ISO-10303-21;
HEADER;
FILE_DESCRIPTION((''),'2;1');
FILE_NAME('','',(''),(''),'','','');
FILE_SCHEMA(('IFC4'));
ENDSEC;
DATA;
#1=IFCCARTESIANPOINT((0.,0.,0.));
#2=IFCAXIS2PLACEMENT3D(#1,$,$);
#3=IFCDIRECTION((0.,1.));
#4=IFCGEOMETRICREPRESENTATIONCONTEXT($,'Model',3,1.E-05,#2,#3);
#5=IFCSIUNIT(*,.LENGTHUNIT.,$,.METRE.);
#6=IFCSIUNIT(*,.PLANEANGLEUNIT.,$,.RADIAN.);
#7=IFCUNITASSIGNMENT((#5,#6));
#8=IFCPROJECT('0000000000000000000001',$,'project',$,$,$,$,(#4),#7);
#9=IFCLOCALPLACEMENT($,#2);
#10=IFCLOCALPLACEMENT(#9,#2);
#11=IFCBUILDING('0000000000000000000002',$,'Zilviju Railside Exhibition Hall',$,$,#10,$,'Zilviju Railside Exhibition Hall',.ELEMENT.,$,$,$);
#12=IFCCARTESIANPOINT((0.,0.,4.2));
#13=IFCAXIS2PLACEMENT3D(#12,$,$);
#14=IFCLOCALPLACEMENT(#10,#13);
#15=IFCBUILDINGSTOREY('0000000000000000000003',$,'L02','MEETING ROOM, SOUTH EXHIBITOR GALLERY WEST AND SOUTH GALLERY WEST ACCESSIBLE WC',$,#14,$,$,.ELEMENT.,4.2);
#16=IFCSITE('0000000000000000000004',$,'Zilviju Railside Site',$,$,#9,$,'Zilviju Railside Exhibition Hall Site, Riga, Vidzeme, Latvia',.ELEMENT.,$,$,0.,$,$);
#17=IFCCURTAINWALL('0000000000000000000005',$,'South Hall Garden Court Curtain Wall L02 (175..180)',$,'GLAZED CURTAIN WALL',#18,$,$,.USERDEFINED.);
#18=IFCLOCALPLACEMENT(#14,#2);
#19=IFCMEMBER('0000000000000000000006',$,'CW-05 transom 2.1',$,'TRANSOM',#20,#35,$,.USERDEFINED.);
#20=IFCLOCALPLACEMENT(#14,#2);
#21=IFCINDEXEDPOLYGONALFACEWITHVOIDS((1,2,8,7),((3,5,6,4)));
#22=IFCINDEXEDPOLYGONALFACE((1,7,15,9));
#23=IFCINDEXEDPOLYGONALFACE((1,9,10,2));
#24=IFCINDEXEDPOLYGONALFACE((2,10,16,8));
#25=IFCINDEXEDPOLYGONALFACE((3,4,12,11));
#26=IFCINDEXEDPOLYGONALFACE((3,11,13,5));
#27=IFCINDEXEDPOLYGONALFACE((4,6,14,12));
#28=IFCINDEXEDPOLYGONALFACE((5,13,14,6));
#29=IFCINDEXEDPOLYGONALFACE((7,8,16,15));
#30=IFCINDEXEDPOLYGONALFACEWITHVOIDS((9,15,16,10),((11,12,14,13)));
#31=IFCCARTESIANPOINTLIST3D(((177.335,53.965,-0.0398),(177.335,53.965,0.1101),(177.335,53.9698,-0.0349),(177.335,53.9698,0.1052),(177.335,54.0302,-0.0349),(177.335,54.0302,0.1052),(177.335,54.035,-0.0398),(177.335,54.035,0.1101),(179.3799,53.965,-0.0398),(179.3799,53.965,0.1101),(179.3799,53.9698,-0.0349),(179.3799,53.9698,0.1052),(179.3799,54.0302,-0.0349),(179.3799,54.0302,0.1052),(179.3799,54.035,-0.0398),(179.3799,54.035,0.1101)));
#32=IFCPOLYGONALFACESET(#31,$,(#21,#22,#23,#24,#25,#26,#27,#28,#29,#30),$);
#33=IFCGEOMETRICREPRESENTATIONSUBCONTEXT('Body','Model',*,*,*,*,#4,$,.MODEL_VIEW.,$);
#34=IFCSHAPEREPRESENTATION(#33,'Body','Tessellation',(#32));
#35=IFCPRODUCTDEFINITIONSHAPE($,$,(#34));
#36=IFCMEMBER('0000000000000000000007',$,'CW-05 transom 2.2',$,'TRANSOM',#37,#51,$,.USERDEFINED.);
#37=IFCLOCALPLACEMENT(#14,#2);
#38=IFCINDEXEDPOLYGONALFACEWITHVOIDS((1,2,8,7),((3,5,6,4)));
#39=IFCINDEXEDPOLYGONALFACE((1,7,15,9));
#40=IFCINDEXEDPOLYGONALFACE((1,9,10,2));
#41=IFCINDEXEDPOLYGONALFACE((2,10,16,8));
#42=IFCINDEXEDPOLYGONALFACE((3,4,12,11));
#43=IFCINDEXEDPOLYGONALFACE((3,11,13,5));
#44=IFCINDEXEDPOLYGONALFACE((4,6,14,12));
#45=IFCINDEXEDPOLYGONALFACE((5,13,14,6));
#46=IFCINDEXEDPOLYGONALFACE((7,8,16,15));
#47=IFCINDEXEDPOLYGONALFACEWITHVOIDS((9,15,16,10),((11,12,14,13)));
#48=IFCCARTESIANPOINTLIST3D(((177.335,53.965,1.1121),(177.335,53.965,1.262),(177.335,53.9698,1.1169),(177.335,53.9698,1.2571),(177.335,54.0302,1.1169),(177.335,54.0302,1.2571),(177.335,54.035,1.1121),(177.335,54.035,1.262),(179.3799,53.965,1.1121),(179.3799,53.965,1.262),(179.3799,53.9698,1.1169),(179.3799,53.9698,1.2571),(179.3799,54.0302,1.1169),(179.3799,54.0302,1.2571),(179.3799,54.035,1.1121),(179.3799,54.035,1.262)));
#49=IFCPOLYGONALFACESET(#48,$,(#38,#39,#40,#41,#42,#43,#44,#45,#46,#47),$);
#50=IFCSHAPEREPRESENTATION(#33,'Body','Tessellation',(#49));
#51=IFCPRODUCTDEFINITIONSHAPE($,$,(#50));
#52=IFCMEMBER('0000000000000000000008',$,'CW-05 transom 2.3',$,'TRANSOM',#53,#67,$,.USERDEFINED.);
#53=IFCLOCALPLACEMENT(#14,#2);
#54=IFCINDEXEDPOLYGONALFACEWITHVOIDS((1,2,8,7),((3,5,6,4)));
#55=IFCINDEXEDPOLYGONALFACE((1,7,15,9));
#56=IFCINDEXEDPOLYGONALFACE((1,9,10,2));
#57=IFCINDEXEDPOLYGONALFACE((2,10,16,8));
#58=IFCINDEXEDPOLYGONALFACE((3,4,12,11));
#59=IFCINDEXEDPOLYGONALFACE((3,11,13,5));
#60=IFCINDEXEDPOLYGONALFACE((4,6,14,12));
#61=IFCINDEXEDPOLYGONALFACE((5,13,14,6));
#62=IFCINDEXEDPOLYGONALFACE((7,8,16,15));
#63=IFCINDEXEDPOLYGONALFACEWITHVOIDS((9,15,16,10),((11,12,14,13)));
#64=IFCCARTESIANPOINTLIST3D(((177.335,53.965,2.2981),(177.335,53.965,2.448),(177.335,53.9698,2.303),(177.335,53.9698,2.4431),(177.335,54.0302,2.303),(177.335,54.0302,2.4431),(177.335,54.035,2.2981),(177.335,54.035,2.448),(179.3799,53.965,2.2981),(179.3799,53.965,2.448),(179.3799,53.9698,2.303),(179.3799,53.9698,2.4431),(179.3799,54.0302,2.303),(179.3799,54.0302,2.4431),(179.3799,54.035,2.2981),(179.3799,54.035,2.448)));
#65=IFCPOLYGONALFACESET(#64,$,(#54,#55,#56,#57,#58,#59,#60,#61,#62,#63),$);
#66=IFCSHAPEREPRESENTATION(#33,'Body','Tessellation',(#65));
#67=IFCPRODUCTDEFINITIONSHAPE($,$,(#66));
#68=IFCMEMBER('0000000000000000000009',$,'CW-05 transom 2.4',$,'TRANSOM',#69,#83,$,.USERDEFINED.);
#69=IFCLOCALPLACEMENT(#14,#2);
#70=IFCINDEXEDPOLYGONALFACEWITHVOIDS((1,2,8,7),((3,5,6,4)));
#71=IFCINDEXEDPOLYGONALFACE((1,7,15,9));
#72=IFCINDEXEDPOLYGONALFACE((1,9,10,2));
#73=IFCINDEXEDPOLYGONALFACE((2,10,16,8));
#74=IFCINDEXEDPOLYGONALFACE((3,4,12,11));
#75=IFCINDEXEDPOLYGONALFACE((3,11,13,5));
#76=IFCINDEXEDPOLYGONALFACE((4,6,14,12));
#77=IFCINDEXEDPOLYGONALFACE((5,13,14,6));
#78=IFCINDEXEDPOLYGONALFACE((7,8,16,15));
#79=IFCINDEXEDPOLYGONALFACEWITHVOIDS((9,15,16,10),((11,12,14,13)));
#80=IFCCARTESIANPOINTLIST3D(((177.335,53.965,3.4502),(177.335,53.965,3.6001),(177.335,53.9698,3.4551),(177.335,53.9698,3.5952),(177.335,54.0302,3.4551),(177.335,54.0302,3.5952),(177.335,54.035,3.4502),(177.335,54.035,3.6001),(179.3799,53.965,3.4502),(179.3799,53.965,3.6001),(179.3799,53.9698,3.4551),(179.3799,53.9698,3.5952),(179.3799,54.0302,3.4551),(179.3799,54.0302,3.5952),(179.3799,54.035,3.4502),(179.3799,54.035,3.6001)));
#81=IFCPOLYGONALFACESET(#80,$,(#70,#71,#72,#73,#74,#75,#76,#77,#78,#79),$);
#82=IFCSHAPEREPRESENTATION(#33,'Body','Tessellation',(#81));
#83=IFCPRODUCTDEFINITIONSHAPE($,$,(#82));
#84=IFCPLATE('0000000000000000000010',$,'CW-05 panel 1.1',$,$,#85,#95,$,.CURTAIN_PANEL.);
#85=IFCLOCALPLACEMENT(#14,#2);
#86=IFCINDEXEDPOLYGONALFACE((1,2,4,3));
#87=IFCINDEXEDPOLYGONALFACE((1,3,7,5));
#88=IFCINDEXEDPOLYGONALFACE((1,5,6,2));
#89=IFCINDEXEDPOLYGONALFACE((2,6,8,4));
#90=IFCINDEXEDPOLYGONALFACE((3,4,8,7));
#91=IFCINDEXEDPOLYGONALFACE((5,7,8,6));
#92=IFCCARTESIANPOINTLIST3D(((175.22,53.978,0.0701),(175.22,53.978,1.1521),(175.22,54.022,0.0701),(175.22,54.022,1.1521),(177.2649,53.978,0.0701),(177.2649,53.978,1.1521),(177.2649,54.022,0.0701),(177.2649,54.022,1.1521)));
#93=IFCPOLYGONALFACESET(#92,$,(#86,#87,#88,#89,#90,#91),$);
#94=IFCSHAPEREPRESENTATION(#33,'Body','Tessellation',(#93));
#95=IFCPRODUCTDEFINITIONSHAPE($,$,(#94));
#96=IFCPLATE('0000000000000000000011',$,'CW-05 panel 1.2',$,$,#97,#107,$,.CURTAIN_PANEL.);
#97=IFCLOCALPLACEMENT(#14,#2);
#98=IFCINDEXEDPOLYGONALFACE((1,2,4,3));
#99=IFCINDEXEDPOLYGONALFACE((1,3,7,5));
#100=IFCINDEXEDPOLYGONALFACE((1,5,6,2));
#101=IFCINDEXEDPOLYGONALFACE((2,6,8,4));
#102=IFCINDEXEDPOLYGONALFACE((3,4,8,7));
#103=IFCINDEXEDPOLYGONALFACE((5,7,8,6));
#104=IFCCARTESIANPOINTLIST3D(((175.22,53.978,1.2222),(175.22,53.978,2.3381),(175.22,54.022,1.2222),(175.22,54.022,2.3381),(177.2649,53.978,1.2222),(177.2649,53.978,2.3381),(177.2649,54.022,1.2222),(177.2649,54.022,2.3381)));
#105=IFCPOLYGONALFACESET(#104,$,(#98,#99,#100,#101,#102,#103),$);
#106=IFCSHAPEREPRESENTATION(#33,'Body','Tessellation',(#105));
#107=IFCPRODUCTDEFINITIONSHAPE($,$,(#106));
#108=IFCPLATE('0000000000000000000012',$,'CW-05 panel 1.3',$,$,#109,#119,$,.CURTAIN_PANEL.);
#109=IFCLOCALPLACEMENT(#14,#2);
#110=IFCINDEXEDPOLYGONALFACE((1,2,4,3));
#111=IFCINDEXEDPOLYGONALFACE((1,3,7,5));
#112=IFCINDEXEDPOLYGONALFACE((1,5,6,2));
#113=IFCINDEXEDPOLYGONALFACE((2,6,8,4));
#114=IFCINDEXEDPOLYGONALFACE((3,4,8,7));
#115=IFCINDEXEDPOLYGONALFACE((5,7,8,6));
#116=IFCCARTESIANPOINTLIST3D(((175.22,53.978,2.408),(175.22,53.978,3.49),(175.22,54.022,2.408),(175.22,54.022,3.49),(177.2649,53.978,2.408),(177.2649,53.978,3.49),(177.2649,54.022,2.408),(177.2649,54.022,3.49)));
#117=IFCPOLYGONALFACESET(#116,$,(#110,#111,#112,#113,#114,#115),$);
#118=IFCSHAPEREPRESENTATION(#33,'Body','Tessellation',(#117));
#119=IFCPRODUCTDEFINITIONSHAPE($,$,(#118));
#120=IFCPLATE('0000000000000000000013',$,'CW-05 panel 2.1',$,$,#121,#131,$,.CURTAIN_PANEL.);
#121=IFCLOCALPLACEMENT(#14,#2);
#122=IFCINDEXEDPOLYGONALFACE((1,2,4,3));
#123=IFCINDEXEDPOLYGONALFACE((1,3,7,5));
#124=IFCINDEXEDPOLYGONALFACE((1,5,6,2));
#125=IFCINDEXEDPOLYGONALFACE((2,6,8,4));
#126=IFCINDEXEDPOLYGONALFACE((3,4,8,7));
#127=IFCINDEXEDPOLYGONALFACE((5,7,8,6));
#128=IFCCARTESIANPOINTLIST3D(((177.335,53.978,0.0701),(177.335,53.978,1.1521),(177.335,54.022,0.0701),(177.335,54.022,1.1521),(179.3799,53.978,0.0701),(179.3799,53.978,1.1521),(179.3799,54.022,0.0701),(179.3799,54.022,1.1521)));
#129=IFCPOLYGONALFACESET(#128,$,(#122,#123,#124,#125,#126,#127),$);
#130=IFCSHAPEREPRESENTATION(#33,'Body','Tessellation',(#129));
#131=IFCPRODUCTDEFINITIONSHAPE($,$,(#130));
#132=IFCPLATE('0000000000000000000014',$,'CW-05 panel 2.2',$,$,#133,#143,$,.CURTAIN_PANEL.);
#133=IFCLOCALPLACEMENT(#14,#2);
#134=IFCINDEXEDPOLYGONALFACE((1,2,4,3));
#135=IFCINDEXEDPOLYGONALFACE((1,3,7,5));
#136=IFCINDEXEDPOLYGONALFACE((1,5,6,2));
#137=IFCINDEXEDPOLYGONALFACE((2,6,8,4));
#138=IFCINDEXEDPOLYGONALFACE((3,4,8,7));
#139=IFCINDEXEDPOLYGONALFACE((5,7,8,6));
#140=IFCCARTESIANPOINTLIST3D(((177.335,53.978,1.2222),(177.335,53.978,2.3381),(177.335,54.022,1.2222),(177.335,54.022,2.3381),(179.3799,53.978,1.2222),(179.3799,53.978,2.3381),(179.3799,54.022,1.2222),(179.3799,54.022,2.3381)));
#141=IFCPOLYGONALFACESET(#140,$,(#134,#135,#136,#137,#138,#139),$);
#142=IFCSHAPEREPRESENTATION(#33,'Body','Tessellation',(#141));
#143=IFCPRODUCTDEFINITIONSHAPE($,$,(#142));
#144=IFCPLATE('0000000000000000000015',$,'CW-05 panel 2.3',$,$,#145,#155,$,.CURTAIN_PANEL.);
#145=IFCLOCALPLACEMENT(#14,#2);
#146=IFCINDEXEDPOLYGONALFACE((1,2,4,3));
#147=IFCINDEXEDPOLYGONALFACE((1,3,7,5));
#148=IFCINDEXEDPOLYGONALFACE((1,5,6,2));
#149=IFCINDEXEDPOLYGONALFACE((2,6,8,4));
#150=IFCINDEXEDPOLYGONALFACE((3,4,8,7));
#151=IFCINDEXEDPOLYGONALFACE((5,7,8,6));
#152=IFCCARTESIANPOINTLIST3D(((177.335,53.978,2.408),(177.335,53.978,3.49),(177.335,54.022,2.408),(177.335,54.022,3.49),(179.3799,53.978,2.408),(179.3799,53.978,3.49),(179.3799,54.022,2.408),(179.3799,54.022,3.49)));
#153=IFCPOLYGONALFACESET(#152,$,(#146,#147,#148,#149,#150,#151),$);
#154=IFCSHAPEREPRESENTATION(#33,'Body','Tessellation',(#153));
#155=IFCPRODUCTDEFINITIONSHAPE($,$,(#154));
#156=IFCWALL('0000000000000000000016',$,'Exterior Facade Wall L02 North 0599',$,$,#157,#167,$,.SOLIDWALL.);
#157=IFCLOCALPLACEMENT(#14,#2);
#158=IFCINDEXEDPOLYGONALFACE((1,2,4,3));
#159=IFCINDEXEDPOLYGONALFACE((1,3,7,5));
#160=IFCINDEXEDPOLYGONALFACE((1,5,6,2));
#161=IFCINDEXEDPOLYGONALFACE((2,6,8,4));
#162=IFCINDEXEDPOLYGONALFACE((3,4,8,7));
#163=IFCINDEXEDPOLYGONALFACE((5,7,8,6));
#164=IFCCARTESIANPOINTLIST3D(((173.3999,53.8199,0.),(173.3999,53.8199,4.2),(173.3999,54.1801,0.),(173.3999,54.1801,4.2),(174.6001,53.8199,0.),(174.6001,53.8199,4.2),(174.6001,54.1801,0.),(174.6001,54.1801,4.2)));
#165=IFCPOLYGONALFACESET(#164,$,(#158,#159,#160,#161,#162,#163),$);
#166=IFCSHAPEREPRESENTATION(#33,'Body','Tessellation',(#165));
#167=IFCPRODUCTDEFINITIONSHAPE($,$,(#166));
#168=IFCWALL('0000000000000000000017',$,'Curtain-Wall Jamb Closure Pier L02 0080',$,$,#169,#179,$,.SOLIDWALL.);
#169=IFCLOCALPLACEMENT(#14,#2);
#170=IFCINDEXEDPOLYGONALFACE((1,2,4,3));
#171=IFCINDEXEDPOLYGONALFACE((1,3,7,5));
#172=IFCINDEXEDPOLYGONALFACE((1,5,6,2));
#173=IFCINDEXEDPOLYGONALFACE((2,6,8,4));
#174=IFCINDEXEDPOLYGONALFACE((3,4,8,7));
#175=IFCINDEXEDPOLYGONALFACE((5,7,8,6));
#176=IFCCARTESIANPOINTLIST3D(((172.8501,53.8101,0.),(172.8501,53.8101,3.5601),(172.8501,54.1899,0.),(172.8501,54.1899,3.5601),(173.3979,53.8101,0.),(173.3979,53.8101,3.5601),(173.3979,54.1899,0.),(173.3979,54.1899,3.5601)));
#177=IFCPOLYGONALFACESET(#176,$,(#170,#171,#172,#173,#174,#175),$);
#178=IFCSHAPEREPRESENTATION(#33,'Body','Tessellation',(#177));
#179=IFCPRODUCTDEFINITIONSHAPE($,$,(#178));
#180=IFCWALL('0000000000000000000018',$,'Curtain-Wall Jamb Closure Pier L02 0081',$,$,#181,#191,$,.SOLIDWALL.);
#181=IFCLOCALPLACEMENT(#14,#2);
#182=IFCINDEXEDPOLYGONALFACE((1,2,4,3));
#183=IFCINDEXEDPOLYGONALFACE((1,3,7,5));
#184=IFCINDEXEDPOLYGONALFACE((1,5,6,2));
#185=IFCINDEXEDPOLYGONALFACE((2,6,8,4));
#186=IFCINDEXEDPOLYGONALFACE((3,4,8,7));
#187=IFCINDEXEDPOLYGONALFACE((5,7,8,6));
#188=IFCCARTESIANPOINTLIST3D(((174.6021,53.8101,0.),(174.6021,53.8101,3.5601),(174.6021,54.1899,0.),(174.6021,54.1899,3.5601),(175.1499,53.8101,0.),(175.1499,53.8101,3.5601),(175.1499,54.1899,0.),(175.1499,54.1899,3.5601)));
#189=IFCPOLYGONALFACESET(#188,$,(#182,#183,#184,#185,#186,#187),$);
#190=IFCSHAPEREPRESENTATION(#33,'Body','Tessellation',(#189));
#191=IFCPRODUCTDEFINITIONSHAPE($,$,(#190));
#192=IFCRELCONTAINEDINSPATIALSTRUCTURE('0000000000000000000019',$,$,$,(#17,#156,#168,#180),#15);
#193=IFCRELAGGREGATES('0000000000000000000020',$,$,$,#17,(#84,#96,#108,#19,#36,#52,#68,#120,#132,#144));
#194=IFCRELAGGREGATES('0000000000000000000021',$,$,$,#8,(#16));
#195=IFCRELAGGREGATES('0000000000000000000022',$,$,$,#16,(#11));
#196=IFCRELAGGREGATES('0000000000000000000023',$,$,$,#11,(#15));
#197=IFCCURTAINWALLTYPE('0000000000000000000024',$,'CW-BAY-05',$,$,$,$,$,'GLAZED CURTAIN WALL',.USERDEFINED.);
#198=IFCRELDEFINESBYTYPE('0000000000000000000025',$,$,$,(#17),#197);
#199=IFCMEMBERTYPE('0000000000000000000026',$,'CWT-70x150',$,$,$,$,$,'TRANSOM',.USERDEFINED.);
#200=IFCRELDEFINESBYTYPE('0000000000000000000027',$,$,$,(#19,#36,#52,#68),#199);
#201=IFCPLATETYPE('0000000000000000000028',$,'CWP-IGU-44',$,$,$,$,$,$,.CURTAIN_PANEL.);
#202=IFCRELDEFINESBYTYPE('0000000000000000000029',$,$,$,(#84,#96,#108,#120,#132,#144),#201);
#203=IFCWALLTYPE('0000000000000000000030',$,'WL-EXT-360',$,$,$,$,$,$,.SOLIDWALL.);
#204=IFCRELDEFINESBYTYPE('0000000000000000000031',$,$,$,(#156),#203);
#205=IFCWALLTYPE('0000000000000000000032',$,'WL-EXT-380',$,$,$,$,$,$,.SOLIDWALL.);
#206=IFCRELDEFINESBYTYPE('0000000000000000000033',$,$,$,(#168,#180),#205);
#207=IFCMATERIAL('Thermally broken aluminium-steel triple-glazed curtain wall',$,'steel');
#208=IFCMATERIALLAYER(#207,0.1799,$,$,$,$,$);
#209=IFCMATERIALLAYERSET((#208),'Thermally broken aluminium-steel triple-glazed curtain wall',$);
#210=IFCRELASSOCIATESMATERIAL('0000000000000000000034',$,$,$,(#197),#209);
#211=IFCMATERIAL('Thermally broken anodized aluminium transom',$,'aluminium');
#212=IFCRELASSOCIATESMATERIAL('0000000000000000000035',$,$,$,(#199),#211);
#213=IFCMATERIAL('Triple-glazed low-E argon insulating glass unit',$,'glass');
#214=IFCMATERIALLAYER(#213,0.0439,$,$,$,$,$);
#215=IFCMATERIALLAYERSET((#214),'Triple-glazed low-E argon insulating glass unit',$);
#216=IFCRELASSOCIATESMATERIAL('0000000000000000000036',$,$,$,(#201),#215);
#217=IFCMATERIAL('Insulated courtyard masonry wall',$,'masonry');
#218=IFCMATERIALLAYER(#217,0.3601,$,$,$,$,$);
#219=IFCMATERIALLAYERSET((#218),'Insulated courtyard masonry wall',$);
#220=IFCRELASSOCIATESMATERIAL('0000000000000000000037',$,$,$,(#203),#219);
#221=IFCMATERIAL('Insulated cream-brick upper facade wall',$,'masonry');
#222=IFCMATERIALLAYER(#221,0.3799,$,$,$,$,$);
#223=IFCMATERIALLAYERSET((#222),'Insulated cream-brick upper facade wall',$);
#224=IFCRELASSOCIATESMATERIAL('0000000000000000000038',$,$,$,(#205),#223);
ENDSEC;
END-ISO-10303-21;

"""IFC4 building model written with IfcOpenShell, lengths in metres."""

from ifc_helpers import new_model, si_unit, direction, frame, frame_2d, origin, origin_2d, place, context, subcontext, project, spatial, rectangle, hollow_rectangle, extrude, material, layer, layer_set, material_profile, profile_set, type_object, element, aggregate, save


model = new_model("IFC4")

# Units and contexts
model_context = context("Model", 3, precision=1e-05, world=origin(), true_north=direction((0.0, 1.0)))
body_context = subcontext(model_context, "Body", "Model", "MODEL_VIEW")
ifc_project = project(units=[si_unit("LENGTHUNIT", "METRE"), si_unit("PLANEANGLEUNIT", "RADIAN")], contexts=[model_context])

# Site, building, storey
site_placement = place(None, origin())
site = spatial("IfcSite", under=ifc_project, at=site_placement, Name="Zilviju Railside Site", LongName="Zilviju Railside Exhibition Hall Site, Riga, Vidzeme, Latvia", CompositionType="ELEMENT", RefElevation=0.0)
building_placement = place(site_placement, origin())
building = spatial("IfcBuilding", under=site, at=building_placement, Name="Zilviju Railside Exhibition Hall", LongName="Zilviju Railside Exhibition Hall", CompositionType="ELEMENT")
storey_placement = place(building_placement, frame((0.0, 0.0, 4.2)))
storey = spatial("IfcBuildingStorey", under=building, at=storey_placement, Name="L02", Description="MEETING ROOM, SOUTH EXHIBITOR GALLERY WEST AND SOUTH GALLERY WEST ACCESSIBLE WC", CompositionType="ELEMENT", Elevation=4.2)

# Shared definitions
ifc_material_1 = material(Name="Thermally broken aluminium-steel triple-glazed curtain wall", Category="steel")

# Curtain wall, members, plates
ifc_layer_1 = layer(ifc_material_1, 0.1799)
ifc_layer_set_1 = layer_set([ifc_layer_1], Name="Thermally broken aluminium-steel triple-glazed curtain wall")
curtain_wall_type_1 = type_object("IfcCurtainWallType", Name="CW-BAY-05", ElementType="GLAZED CURTAIN WALL", PredefinedType="USERDEFINED", material=ifc_layer_set_1)
curtain_wall_1_placement = place(storey_placement, origin())
curtain_wall_1 = element("IfcCurtainWall", 1, at=curtain_wall_1_placement, inside=storey, type_object=curtain_wall_type_1, Name="South Hall Garden Court Curtain Wall L02 (175..180)", ObjectType="GLAZED CURTAIN WALL", PredefinedType="USERDEFINED")
ifc_material_2 = material(Name="Thermally broken anodized aluminium transom", Category="aluminium")
ifc_material_profile_1 = material_profile(ifc_material_2, hollow_rectangle(XDim=0.0701, YDim=0.1499, WallThickness=0.0049, at=origin_2d()), Name="TRANSOM 150x70x5")
ifc_profile_set_1 = profile_set([ifc_material_profile_1], Name="Thermally broken anodized aluminium transom")
member_type_1 = type_object("IfcMemberType", Name="CWT-70x150", ElementType="TRANSOM", PredefinedType="USERDEFINED", material=ifc_profile_set_1)
member_1_placement = place(storey_placement, frame((177.335, 54.0, 0.0352), z_axis=(1.0, 0.0, 0.0), x_axis=(0.0, 1.0, 0.0)))
member_1 = element("IfcMember", 2, at=member_1_placement, type_object=member_type_1, Name="CW-05 transom 2.1", ObjectType="TRANSOM", PredefinedType="USERDEFINED", context=body_context, shape_type="SweptSolid", body=[
    extrude(hollow_rectangle(XDim=0.0701, YDim=0.1499, WallThickness=0.0049, at=origin_2d()), origin(), (0.0, 0.0, 1.0), 2.0449),
])
member_2_placement = place(storey_placement, frame((177.335, 54.0, 1.187), z_axis=(1.0, 0.0, 0.0), x_axis=(0.0, 1.0, 0.0)))
member_2 = element("IfcMember", 3, at=member_2_placement, type_object=member_type_1, Name="CW-05 transom 2.2", ObjectType="TRANSOM", PredefinedType="USERDEFINED", context=body_context, shape_type="SweptSolid", body=[
    extrude(hollow_rectangle(XDim=0.0701, YDim=0.1499, WallThickness=0.0049, at=origin_2d()), origin(), (0.0, 0.0, 1.0), 2.0449),
])
member_3_placement = place(storey_placement, frame((177.335, 54.0, 2.373), z_axis=(1.0, 0.0, 0.0), x_axis=(0.0, 1.0, 0.0)))
member_3 = element("IfcMember", 4, at=member_3_placement, type_object=member_type_1, Name="CW-05 transom 2.3", ObjectType="TRANSOM", PredefinedType="USERDEFINED", context=body_context, shape_type="SweptSolid", body=[
    extrude(hollow_rectangle(XDim=0.0701, YDim=0.1499, WallThickness=0.0049, at=origin_2d()), origin(), (0.0, 0.0, 1.0), 2.0449),
])
member_4_placement = place(storey_placement, frame((177.335, 54.0, 3.5251), z_axis=(1.0, 0.0, 0.0), x_axis=(0.0, 1.0, 0.0)))
member_4 = element("IfcMember", 5, at=member_4_placement, type_object=member_type_1, Name="CW-05 transom 2.4", ObjectType="TRANSOM", PredefinedType="USERDEFINED", context=body_context, shape_type="SweptSolid", body=[
    extrude(hollow_rectangle(XDim=0.0701, YDim=0.1499, WallThickness=0.0049, at=origin_2d()), origin(), (0.0, 0.0, 1.0), 2.0449),
])
ifc_material_3 = material(Name="Triple-glazed low-E argon insulating glass unit", Category="glass")
ifc_layer_2 = layer(ifc_material_3, 0.0439)
ifc_layer_set_2 = layer_set([ifc_layer_2], Name="Triple-glazed low-E argon insulating glass unit")
plate_type = type_object("IfcPlateType", Name="CWP-IGU-44", PredefinedType="CURTAIN_PANEL", material=ifc_layer_set_2)
plate_1_placement = place(storey_placement, frame((176.2424, 54.0, 0.0701), z_axis=(0.0, 0.0, 1.0), x_axis=(1.0, 0.0, 0.0)))
plate_1 = element("IfcPlate", 6, at=plate_1_placement, type_object=plate_type, Name="CW-05 panel 1.1", PredefinedType="CURTAIN_PANEL", context=body_context, shape_type="SweptSolid", body=[
    extrude(rectangle(XDim=2.0449, YDim=0.0439, at=origin_2d()), origin(), (0.0, 0.0, 1.0), 1.082),
])
plate_2_placement = place(storey_placement, frame((176.2424, 54.0, 1.2222), z_axis=(0.0, 0.0, 1.0), x_axis=(1.0, 0.0, 0.0)))
plate_2 = element("IfcPlate", 7, at=plate_2_placement, type_object=plate_type, Name="CW-05 panel 1.2", PredefinedType="CURTAIN_PANEL", context=body_context, shape_type="SweptSolid", body=[
    extrude(rectangle(XDim=2.0449, YDim=0.0439, at=origin_2d()), origin(), (0.0, 0.0, 1.0), 1.116),
])
plate_3_placement = place(storey_placement, frame((176.2424, 54.0, 2.408), z_axis=(0.0, 0.0, 1.0), x_axis=(1.0, 0.0, 0.0)))
plate_3 = element("IfcPlate", 8, at=plate_3_placement, type_object=plate_type, Name="CW-05 panel 1.3", PredefinedType="CURTAIN_PANEL", context=body_context, shape_type="SweptSolid", body=[
    extrude(rectangle(XDim=2.0449, YDim=0.0439, at=origin_2d()), origin(), (0.0, 0.0, 1.0), 1.082),
])
plate_4_placement = place(storey_placement, frame((178.3574, 54.0, 0.0701), z_axis=(0.0, 0.0, 1.0), x_axis=(1.0, 0.0, 0.0)))
plate_4 = element("IfcPlate", 9, at=plate_4_placement, type_object=plate_type, Name="CW-05 panel 2.1", PredefinedType="CURTAIN_PANEL", context=body_context, shape_type="SweptSolid", body=[
    extrude(rectangle(XDim=2.0449, YDim=0.0439, at=origin_2d()), origin(), (0.0, 0.0, 1.0), 1.082),
])
plate_5_placement = place(storey_placement, frame((178.3574, 54.0, 1.2222), z_axis=(0.0, 0.0, 1.0), x_axis=(1.0, 0.0, 0.0)))
plate_5 = element("IfcPlate", 10, at=plate_5_placement, type_object=plate_type, Name="CW-05 panel 2.2", PredefinedType="CURTAIN_PANEL", context=body_context, shape_type="SweptSolid", body=[
    extrude(rectangle(XDim=2.0449, YDim=0.0439, at=origin_2d()), origin(), (0.0, 0.0, 1.0), 1.116),
])
plate_6_placement = place(storey_placement, frame((178.3574, 54.0, 2.408), z_axis=(0.0, 0.0, 1.0), x_axis=(1.0, 0.0, 0.0)))
plate_6 = element("IfcPlate", 11, at=plate_6_placement, type_object=plate_type, Name="CW-05 panel 2.3", PredefinedType="CURTAIN_PANEL", context=body_context, shape_type="SweptSolid", body=[
    extrude(rectangle(XDim=2.0449, YDim=0.0439, at=origin_2d()), origin(), (0.0, 0.0, 1.0), 1.082),
])
aggregate(curtain_wall_1, [plate_1, plate_2, plate_3, member_1, member_2, member_3, member_4, plate_4, plate_5, plate_6])

# Walls
ifc_material_4 = material(Name="Insulated courtyard masonry wall", Category="masonry")
ifc_layer_3 = layer(ifc_material_4, 0.3601)
ifc_layer_set_3 = layer_set([ifc_layer_3], Name="Insulated courtyard masonry wall")
wall_type_1 = type_object("IfcWallType", Name="WL-EXT-360", PredefinedType="SOLIDWALL", material=ifc_layer_set_3)
wall_placement = place(storey_placement, frame((173.3999, 54.0, 0.0), z_axis=(0.0, 0.0, 1.0), x_axis=(1.0, 0.0, 0.0)))
element("IfcWall", 12, at=wall_placement, inside=storey, type_object=wall_type_1, Name="Exterior Facade Wall L02 North 0599", PredefinedType="SOLIDWALL", context=body_context, shape_type="SweptSolid", body=[
    extrude(rectangle(XDim=1.2002, YDim=0.3601, at=frame_2d((0.6001, 0.0))), origin(), (0.0, 0.0, 1.0), 4.2),
])
ifc_material_5 = material(Name="Insulated cream-brick upper facade wall", Category="masonry")
ifc_layer_4 = layer(ifc_material_5, 0.3799)
ifc_layer_set_4 = layer_set([ifc_layer_4], Name="Insulated cream-brick upper facade wall")
wall_type_2 = type_object("IfcWallType", Name="WL-EXT-380", PredefinedType="SOLIDWALL", material=ifc_layer_set_4)
for number, where, z_axis, x_axis, name in (
    (13, (172.8501, 54.0, 0.0), (0.0, 0.0, 1.0), (1.0, 0.0, 0.0), "Curtain-Wall Jamb Closure Pier L02 0080"),
    (14, (174.6021, 54.0, 0.0), (0.0, 0.0, 1.0), (1.0, 0.0, 0.0), "Curtain-Wall Jamb Closure Pier L02 0081"),
):
    element("IfcWall", number, at=place(storey_placement, frame(where, z_axis=z_axis, x_axis=x_axis)), inside=storey, type_object=wall_type_2, Name=name, PredefinedType="SOLIDWALL", context=body_context, shape_type="SweptSolid", body=[
        extrude(rectangle(XDim=0.5479, YDim=0.3799, at=frame_2d((0.2739, 0.0))), origin(), (0.0, 0.0, 1.0), 3.5601),
    ])

save(model, "model.ifc")
